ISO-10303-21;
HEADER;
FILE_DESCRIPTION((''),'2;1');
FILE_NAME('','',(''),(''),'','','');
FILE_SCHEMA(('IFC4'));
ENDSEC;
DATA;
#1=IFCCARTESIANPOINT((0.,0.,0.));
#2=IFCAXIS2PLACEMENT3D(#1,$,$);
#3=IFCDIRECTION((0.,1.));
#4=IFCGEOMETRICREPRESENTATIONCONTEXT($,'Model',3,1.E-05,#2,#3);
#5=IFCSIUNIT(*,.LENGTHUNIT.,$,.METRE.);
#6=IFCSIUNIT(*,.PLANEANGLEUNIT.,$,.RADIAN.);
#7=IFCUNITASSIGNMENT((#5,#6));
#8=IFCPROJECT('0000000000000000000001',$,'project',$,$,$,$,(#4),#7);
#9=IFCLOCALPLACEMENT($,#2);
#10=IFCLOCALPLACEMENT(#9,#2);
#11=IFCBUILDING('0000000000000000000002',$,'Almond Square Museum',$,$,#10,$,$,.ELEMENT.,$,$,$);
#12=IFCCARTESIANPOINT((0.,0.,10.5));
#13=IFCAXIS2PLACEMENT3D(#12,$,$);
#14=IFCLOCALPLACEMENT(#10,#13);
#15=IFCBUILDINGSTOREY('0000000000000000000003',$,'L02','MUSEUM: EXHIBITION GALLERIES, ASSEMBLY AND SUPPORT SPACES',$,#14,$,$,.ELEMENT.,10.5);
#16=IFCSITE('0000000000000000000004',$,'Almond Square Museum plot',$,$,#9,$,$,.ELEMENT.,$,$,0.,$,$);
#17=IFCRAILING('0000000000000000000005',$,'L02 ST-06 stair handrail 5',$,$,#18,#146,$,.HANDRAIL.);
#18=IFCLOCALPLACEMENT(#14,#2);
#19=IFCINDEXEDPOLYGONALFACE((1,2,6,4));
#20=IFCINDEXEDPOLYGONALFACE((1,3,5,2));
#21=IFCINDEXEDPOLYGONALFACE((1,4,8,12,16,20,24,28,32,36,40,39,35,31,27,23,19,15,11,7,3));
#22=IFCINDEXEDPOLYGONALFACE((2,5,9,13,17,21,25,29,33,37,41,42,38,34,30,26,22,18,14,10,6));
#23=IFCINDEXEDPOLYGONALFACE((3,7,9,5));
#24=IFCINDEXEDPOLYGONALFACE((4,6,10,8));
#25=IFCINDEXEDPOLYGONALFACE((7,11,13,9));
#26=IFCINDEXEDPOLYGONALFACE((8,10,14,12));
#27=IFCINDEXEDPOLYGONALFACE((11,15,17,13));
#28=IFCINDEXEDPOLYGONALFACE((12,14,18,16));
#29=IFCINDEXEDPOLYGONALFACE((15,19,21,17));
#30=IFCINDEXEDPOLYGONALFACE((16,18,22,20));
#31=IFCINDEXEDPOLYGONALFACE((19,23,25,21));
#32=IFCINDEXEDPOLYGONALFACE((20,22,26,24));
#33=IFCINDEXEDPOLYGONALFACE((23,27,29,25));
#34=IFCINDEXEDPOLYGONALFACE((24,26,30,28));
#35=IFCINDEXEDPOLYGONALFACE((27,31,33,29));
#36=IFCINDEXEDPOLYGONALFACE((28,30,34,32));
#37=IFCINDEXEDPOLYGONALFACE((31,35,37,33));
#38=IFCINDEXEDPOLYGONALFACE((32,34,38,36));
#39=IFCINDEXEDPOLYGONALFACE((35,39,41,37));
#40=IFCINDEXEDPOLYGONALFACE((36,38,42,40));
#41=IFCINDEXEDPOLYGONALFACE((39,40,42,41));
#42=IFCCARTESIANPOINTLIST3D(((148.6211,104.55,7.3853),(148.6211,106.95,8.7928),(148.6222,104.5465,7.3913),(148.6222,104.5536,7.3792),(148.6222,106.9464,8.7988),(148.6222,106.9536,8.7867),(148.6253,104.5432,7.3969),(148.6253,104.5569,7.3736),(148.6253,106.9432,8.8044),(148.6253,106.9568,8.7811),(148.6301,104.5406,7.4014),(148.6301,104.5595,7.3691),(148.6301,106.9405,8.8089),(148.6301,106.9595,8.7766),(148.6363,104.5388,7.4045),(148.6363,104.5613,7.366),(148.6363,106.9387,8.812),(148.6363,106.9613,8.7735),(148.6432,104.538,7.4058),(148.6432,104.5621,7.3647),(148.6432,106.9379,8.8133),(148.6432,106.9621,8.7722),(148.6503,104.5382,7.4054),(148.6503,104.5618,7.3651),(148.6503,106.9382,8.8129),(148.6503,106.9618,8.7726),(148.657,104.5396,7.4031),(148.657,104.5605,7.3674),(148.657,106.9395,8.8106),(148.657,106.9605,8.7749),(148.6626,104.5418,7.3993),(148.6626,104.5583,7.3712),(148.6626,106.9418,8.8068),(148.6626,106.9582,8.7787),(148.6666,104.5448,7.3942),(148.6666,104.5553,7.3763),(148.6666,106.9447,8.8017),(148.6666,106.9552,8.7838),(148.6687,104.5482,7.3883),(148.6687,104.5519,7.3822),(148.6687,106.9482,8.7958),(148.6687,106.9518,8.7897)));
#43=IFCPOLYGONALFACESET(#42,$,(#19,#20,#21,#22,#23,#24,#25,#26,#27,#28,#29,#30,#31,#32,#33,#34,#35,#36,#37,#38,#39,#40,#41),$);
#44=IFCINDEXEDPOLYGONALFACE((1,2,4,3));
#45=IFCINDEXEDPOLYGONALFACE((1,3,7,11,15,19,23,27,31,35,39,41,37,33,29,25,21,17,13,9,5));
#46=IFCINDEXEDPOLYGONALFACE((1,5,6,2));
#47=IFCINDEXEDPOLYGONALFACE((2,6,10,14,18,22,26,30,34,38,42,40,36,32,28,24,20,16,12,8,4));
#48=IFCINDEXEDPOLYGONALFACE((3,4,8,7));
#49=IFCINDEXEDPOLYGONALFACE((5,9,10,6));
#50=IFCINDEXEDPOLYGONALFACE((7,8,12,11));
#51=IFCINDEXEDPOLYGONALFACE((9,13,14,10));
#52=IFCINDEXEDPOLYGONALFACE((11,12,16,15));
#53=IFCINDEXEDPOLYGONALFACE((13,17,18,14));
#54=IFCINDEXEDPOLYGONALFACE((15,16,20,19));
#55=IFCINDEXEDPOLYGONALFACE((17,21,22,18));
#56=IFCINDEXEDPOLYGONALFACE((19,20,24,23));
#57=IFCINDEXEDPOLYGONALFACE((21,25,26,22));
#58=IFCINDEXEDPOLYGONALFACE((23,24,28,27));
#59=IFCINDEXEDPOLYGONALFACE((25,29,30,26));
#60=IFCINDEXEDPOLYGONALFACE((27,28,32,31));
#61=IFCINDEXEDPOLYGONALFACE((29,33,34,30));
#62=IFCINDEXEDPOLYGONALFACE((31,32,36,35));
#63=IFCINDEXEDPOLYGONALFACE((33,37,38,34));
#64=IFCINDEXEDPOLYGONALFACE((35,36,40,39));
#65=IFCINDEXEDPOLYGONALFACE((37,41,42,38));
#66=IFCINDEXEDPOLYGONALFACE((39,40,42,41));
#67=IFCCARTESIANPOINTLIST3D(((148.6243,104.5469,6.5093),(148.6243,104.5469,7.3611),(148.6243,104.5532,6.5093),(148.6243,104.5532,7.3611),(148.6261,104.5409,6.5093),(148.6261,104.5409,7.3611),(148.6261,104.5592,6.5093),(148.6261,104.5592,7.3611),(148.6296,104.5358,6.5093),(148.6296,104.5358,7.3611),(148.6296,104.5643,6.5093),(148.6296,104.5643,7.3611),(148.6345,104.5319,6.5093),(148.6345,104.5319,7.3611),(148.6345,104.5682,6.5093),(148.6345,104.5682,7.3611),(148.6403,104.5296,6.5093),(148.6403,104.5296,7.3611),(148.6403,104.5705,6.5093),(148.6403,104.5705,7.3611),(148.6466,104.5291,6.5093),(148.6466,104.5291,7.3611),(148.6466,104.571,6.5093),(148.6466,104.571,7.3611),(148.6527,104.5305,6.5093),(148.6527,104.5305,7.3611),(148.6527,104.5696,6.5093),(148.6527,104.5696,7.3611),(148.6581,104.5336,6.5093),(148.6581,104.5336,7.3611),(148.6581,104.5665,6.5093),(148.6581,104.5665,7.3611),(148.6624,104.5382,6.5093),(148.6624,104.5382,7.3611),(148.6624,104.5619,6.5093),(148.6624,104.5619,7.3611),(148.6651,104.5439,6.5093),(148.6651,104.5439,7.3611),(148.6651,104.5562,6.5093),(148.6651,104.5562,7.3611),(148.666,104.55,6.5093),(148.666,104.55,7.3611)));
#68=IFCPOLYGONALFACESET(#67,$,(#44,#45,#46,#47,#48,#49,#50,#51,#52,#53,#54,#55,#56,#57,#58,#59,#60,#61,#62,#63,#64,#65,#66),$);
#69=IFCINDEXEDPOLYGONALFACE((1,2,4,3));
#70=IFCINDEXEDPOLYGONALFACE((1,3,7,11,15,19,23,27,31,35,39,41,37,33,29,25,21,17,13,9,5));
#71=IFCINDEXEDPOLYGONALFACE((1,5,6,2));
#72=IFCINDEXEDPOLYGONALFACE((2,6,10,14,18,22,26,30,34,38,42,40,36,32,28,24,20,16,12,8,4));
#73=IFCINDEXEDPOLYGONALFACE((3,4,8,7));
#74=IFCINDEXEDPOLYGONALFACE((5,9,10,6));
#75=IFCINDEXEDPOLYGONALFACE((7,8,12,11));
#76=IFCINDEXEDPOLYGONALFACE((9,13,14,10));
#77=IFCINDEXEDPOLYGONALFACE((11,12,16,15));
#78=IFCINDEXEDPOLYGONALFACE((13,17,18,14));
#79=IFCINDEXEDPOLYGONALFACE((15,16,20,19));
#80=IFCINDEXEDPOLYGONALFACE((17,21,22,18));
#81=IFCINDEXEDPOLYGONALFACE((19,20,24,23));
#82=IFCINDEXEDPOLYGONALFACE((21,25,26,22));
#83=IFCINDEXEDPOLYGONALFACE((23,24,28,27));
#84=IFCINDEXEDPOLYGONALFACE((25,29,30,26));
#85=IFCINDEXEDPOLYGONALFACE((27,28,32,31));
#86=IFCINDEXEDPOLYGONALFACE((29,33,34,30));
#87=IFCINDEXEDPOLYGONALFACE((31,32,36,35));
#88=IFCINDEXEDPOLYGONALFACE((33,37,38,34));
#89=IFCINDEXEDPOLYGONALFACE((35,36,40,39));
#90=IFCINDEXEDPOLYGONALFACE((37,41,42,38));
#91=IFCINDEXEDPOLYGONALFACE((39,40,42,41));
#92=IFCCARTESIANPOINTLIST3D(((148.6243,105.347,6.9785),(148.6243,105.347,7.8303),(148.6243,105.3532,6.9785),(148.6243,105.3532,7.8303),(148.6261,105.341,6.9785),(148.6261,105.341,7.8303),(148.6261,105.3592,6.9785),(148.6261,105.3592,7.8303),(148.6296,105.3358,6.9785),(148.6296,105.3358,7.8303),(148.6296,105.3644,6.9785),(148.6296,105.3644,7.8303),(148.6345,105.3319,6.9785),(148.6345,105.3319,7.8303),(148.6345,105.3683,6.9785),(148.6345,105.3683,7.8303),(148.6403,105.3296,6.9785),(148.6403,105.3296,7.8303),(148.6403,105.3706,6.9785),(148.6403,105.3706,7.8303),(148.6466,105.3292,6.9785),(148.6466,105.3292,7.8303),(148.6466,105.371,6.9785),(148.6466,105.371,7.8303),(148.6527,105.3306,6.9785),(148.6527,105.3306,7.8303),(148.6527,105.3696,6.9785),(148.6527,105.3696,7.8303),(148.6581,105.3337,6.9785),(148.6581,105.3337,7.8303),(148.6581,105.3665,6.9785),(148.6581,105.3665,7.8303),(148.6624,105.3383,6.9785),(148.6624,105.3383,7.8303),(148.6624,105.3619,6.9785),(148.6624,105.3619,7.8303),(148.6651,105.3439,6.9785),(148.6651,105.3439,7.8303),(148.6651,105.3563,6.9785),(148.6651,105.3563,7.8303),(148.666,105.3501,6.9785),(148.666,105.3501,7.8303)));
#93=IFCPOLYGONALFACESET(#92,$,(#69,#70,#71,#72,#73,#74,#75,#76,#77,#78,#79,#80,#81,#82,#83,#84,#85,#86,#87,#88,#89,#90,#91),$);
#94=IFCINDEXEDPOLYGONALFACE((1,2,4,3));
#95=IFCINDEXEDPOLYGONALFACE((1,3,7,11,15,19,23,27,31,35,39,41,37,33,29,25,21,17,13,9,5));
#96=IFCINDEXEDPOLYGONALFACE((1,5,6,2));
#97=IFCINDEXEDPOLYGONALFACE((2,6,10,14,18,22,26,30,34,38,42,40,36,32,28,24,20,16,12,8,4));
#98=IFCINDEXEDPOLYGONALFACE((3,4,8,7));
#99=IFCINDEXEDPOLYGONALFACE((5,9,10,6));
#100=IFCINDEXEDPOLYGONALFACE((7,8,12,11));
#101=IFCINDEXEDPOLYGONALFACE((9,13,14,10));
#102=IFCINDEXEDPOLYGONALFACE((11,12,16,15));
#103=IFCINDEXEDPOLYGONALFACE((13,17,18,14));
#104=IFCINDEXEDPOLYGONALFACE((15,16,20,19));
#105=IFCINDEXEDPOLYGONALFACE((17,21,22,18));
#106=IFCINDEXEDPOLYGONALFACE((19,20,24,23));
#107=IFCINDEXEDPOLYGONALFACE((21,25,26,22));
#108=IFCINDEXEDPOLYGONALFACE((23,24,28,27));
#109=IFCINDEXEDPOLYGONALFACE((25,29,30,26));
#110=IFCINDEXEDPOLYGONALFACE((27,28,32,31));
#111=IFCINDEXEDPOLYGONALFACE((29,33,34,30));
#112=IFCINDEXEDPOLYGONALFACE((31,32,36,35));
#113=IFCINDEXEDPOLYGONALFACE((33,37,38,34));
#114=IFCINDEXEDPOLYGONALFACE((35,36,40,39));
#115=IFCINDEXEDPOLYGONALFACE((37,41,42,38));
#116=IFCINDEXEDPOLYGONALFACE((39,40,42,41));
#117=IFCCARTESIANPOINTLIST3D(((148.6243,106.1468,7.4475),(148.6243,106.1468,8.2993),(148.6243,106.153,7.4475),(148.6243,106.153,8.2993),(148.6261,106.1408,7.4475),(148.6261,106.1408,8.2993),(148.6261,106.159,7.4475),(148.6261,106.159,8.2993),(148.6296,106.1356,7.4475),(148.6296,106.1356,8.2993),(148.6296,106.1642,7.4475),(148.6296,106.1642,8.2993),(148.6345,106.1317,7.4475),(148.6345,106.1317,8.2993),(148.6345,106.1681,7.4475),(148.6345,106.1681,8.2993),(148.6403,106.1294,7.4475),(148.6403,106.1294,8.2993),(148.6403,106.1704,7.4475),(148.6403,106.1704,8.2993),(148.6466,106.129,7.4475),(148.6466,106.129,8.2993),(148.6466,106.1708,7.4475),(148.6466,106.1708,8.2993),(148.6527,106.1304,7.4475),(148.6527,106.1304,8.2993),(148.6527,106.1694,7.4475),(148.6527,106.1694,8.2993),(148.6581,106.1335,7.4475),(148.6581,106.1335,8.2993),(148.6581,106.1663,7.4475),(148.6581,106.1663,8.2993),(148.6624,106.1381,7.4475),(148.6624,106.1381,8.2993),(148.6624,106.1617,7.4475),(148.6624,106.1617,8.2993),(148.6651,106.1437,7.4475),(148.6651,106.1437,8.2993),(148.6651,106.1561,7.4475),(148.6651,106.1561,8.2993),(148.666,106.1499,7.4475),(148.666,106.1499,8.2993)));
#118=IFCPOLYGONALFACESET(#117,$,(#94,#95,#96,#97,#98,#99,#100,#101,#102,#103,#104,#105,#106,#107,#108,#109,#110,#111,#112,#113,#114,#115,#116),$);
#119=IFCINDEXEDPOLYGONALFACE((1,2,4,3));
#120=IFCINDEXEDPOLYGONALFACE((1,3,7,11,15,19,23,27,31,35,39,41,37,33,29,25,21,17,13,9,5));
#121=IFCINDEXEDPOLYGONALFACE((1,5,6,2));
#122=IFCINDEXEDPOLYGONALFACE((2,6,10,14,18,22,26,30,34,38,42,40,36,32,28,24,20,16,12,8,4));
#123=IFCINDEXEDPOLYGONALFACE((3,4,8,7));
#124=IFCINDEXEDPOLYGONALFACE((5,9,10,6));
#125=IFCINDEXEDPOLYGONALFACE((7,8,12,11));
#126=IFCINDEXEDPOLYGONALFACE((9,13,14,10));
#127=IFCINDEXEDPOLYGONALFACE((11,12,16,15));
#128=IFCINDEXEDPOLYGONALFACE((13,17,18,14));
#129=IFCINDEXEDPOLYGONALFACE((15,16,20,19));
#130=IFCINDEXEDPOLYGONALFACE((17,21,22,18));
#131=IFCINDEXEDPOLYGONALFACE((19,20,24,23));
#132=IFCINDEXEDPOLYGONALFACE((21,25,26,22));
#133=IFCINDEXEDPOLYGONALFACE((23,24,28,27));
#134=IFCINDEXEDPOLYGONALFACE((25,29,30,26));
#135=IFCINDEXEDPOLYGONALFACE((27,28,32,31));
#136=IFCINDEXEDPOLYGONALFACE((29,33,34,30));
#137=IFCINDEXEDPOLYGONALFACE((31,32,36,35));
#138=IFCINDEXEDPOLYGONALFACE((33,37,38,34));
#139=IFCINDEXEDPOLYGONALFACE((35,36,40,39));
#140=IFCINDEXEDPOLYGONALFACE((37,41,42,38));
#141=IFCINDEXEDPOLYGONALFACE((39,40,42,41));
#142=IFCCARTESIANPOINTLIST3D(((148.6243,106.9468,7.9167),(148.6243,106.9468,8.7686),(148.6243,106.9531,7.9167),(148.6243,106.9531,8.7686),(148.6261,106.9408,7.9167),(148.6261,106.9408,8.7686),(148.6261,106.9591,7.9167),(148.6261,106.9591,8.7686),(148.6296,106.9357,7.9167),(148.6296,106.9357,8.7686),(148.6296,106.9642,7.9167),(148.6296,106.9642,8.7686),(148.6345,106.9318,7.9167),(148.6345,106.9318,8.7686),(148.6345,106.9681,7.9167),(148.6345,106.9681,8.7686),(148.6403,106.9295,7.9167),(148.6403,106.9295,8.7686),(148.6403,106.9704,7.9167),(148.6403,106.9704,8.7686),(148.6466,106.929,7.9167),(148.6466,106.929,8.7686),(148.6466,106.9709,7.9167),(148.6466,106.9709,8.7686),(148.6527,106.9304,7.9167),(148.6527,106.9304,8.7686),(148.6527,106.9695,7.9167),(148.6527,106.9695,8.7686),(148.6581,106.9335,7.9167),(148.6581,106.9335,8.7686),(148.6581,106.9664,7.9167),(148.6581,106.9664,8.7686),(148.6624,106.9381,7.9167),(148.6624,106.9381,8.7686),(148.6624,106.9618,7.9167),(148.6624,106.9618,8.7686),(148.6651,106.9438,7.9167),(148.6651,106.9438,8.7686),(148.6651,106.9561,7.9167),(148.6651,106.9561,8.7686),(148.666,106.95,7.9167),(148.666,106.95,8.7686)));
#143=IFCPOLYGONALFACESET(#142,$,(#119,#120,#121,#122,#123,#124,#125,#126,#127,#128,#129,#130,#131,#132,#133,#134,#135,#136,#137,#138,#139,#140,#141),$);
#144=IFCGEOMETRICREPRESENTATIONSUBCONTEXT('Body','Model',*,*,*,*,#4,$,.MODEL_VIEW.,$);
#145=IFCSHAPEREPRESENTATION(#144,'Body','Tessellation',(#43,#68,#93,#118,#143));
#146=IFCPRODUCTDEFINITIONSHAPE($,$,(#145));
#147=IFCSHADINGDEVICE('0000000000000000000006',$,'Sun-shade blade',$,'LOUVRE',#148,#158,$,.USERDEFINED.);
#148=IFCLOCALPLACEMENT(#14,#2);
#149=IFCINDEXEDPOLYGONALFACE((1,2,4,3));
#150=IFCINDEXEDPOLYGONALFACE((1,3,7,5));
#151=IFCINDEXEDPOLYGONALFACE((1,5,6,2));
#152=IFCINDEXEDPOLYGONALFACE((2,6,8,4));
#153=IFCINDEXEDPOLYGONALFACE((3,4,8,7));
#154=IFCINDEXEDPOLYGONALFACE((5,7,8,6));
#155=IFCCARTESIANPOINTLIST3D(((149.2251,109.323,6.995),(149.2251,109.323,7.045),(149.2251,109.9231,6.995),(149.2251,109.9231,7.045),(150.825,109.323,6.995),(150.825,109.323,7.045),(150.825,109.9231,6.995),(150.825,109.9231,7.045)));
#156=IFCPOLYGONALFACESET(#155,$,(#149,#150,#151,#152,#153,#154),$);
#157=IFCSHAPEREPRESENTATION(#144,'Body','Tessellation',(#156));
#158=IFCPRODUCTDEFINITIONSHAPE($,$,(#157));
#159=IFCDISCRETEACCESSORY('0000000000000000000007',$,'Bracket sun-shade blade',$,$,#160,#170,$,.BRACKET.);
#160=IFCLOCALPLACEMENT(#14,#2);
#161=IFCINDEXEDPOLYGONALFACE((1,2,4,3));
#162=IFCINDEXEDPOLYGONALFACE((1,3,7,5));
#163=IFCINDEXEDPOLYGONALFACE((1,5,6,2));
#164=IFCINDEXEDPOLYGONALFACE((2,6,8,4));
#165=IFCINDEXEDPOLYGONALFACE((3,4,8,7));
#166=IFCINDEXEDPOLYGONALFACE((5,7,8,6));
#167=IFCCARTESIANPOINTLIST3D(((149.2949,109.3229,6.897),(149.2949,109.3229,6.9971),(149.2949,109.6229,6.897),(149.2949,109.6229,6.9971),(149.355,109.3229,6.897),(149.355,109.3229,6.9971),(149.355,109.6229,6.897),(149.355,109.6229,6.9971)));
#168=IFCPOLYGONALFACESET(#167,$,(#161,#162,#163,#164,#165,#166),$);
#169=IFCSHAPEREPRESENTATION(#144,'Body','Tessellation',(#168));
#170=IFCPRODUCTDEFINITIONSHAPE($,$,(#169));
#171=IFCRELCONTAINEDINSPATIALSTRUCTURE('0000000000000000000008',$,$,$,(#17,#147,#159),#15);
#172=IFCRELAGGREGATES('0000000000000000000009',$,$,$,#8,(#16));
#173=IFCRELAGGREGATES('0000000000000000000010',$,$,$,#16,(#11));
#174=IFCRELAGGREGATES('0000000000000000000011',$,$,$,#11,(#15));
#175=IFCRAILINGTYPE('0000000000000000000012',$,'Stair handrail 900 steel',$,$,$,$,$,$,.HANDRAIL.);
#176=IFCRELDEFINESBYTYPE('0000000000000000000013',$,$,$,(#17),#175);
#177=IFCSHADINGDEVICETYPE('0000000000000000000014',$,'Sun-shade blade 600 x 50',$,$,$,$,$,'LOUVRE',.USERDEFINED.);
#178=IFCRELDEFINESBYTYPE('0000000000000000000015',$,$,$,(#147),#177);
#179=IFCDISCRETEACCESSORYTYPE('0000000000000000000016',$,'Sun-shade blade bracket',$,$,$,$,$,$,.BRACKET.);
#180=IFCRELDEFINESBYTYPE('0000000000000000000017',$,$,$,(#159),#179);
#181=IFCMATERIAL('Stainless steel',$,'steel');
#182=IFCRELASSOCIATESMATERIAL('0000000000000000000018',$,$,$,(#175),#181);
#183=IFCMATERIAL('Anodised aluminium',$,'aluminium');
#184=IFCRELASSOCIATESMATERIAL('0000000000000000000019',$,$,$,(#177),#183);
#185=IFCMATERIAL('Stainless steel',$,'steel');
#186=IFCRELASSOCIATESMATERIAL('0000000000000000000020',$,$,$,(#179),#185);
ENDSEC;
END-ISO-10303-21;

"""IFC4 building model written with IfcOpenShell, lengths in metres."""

from ifc_helpers import new_model, si_unit, direction, frame, origin, origin_2d, place, context, subcontext, project, spatial, rectangle, circle, extrude, material, material_profile, profile_set, type_object, element, save


model = new_model("IFC4")

# Units and contexts
model_context = context("Model", 3, precision=1e-05, world=origin(), true_north=direction((0.0, 1.0)))
body_context = subcontext(model_context, "Body", "Model", "MODEL_VIEW")
ifc_project = project(units=[si_unit("LENGTHUNIT", "METRE"), si_unit("PLANEANGLEUNIT", "RADIAN")], contexts=[model_context])

# Site, building, storey
site_placement = place(None, origin())
site = spatial("IfcSite", under=ifc_project, at=site_placement, Name="Almond Square Museum plot", CompositionType="ELEMENT", RefElevation=0.0)
building_placement = place(site_placement, origin())
building = spatial("IfcBuilding", under=site, at=building_placement, Name="Almond Square Museum", CompositionType="ELEMENT")
storey_placement = place(building_placement, frame((0.0, 0.0, 10.5)))
storey = spatial("IfcBuildingStorey", under=building, at=storey_placement, Name="L02", Description="MUSEUM: EXHIBITION GALLERIES, ASSEMBLY AND SUPPORT SPACES", CompositionType="ELEMENT", Elevation=10.5)

# Railing
ifc_material_1 = material(Name="Stainless steel", Category="steel")
railing_type_1 = type_object("IfcRailingType", Name="Stair handrail 900 steel", PredefinedType="HANDRAIL", material=ifc_material_1)
for number, where, name in (
    (1, (148.645, 104.55, 6.5093), "L02 ST-06 stair handrail 5"),
):
    element("IfcRailing", number, at=place(storey_placement, frame(where)), inside=storey, type_object=railing_type_1, Name=name, PredefinedType="HANDRAIL", context=body_context, shape_type="SweptSolid", body=[
        extrude(circle(Radius=0.0239, at=origin_2d()), frame((0.0, 0.0, 0.876), z_axis=(0.0, 0.862599, 0.505888), x_axis=(-1.0, 0.0, 0.0)), (0.0, 0.0, 1.0), 2.7822),
        extrude(circle(Radius=0.021, at=origin_2d()), origin(), (0.0, 0.0, 1.0), 0.8518),
        extrude(circle(Radius=0.021, at=origin_2d()), frame((0.0, 0.8, 0.4692)), (0.0, 0.0, 1.0), 0.8518),
        extrude(circle(Radius=0.021, at=origin_2d()), frame((0.0, 1.5999, 0.9382)), (0.0, 0.0, 1.0), 0.8518),
        extrude(circle(Radius=0.021, at=origin_2d()), frame((0.0, 2.3999, 1.4075)), (0.0, 0.0, 1.0), 0.8518),
    ])

# Shading device
ifc_material_2 = material(Name="Anodised aluminium", Category="aluminium")
ifc_material_profile_1 = material_profile(ifc_material_2, rectangle(XDim=0.6001, YDim=0.05, at=origin_2d()))
ifc_profile_set_1 = profile_set([ifc_material_profile_1], Name="Anodised aluminium")
shading_device_type = type_object("IfcShadingDeviceType", Name="Sun-shade blade 600 x 50", ElementType="LOUVRE", PredefinedType="USERDEFINED", material=ifc_profile_set_1)
shading_device_placement = place(storey_placement, frame((149.2251, 109.623, 7.02), z_axis=(1.0, 0.0, 0.0), x_axis=(0.0, 1.0, 0.0)))
element("IfcShadingDevice", 2, at=shading_device_placement, inside=storey, type_object=shading_device_type, Name="Sun-shade blade", ObjectType="LOUVRE", PredefinedType="USERDEFINED", context=body_context, shape_type="SweptSolid", body=[
    extrude(rectangle(XDim=0.6001, YDim=0.05, at=origin_2d()), origin(), (0.0, 0.0, 1.0), 1.5999),
])

# Discrete accessory
ifc_material_3 = material(Name="Stainless steel", Category="steel")
discrete_accessory_type = type_object("IfcDiscreteAccessoryType", Name="Sun-shade blade bracket", PredefinedType="BRACKET", material=ifc_material_3)
discrete_accessory_placement = place(storey_placement, frame((149.325, 109.4729, 6.897), z_axis=(0.0, 0.0, 1.0), x_axis=(1.0, 0.0, 0.0)))
element("IfcDiscreteAccessory", 3, at=discrete_accessory_placement, inside=storey, type_object=discrete_accessory_type, Name="Bracket sun-shade blade", PredefinedType="BRACKET", context=body_context, shape_type="SweptSolid", body=[
    extrude(rectangle(XDim=0.0601, YDim=0.3, at=origin_2d()), origin(), (0.0, 0.0, 1.0), 0.1001),
])

save(model, "model.ifc")
